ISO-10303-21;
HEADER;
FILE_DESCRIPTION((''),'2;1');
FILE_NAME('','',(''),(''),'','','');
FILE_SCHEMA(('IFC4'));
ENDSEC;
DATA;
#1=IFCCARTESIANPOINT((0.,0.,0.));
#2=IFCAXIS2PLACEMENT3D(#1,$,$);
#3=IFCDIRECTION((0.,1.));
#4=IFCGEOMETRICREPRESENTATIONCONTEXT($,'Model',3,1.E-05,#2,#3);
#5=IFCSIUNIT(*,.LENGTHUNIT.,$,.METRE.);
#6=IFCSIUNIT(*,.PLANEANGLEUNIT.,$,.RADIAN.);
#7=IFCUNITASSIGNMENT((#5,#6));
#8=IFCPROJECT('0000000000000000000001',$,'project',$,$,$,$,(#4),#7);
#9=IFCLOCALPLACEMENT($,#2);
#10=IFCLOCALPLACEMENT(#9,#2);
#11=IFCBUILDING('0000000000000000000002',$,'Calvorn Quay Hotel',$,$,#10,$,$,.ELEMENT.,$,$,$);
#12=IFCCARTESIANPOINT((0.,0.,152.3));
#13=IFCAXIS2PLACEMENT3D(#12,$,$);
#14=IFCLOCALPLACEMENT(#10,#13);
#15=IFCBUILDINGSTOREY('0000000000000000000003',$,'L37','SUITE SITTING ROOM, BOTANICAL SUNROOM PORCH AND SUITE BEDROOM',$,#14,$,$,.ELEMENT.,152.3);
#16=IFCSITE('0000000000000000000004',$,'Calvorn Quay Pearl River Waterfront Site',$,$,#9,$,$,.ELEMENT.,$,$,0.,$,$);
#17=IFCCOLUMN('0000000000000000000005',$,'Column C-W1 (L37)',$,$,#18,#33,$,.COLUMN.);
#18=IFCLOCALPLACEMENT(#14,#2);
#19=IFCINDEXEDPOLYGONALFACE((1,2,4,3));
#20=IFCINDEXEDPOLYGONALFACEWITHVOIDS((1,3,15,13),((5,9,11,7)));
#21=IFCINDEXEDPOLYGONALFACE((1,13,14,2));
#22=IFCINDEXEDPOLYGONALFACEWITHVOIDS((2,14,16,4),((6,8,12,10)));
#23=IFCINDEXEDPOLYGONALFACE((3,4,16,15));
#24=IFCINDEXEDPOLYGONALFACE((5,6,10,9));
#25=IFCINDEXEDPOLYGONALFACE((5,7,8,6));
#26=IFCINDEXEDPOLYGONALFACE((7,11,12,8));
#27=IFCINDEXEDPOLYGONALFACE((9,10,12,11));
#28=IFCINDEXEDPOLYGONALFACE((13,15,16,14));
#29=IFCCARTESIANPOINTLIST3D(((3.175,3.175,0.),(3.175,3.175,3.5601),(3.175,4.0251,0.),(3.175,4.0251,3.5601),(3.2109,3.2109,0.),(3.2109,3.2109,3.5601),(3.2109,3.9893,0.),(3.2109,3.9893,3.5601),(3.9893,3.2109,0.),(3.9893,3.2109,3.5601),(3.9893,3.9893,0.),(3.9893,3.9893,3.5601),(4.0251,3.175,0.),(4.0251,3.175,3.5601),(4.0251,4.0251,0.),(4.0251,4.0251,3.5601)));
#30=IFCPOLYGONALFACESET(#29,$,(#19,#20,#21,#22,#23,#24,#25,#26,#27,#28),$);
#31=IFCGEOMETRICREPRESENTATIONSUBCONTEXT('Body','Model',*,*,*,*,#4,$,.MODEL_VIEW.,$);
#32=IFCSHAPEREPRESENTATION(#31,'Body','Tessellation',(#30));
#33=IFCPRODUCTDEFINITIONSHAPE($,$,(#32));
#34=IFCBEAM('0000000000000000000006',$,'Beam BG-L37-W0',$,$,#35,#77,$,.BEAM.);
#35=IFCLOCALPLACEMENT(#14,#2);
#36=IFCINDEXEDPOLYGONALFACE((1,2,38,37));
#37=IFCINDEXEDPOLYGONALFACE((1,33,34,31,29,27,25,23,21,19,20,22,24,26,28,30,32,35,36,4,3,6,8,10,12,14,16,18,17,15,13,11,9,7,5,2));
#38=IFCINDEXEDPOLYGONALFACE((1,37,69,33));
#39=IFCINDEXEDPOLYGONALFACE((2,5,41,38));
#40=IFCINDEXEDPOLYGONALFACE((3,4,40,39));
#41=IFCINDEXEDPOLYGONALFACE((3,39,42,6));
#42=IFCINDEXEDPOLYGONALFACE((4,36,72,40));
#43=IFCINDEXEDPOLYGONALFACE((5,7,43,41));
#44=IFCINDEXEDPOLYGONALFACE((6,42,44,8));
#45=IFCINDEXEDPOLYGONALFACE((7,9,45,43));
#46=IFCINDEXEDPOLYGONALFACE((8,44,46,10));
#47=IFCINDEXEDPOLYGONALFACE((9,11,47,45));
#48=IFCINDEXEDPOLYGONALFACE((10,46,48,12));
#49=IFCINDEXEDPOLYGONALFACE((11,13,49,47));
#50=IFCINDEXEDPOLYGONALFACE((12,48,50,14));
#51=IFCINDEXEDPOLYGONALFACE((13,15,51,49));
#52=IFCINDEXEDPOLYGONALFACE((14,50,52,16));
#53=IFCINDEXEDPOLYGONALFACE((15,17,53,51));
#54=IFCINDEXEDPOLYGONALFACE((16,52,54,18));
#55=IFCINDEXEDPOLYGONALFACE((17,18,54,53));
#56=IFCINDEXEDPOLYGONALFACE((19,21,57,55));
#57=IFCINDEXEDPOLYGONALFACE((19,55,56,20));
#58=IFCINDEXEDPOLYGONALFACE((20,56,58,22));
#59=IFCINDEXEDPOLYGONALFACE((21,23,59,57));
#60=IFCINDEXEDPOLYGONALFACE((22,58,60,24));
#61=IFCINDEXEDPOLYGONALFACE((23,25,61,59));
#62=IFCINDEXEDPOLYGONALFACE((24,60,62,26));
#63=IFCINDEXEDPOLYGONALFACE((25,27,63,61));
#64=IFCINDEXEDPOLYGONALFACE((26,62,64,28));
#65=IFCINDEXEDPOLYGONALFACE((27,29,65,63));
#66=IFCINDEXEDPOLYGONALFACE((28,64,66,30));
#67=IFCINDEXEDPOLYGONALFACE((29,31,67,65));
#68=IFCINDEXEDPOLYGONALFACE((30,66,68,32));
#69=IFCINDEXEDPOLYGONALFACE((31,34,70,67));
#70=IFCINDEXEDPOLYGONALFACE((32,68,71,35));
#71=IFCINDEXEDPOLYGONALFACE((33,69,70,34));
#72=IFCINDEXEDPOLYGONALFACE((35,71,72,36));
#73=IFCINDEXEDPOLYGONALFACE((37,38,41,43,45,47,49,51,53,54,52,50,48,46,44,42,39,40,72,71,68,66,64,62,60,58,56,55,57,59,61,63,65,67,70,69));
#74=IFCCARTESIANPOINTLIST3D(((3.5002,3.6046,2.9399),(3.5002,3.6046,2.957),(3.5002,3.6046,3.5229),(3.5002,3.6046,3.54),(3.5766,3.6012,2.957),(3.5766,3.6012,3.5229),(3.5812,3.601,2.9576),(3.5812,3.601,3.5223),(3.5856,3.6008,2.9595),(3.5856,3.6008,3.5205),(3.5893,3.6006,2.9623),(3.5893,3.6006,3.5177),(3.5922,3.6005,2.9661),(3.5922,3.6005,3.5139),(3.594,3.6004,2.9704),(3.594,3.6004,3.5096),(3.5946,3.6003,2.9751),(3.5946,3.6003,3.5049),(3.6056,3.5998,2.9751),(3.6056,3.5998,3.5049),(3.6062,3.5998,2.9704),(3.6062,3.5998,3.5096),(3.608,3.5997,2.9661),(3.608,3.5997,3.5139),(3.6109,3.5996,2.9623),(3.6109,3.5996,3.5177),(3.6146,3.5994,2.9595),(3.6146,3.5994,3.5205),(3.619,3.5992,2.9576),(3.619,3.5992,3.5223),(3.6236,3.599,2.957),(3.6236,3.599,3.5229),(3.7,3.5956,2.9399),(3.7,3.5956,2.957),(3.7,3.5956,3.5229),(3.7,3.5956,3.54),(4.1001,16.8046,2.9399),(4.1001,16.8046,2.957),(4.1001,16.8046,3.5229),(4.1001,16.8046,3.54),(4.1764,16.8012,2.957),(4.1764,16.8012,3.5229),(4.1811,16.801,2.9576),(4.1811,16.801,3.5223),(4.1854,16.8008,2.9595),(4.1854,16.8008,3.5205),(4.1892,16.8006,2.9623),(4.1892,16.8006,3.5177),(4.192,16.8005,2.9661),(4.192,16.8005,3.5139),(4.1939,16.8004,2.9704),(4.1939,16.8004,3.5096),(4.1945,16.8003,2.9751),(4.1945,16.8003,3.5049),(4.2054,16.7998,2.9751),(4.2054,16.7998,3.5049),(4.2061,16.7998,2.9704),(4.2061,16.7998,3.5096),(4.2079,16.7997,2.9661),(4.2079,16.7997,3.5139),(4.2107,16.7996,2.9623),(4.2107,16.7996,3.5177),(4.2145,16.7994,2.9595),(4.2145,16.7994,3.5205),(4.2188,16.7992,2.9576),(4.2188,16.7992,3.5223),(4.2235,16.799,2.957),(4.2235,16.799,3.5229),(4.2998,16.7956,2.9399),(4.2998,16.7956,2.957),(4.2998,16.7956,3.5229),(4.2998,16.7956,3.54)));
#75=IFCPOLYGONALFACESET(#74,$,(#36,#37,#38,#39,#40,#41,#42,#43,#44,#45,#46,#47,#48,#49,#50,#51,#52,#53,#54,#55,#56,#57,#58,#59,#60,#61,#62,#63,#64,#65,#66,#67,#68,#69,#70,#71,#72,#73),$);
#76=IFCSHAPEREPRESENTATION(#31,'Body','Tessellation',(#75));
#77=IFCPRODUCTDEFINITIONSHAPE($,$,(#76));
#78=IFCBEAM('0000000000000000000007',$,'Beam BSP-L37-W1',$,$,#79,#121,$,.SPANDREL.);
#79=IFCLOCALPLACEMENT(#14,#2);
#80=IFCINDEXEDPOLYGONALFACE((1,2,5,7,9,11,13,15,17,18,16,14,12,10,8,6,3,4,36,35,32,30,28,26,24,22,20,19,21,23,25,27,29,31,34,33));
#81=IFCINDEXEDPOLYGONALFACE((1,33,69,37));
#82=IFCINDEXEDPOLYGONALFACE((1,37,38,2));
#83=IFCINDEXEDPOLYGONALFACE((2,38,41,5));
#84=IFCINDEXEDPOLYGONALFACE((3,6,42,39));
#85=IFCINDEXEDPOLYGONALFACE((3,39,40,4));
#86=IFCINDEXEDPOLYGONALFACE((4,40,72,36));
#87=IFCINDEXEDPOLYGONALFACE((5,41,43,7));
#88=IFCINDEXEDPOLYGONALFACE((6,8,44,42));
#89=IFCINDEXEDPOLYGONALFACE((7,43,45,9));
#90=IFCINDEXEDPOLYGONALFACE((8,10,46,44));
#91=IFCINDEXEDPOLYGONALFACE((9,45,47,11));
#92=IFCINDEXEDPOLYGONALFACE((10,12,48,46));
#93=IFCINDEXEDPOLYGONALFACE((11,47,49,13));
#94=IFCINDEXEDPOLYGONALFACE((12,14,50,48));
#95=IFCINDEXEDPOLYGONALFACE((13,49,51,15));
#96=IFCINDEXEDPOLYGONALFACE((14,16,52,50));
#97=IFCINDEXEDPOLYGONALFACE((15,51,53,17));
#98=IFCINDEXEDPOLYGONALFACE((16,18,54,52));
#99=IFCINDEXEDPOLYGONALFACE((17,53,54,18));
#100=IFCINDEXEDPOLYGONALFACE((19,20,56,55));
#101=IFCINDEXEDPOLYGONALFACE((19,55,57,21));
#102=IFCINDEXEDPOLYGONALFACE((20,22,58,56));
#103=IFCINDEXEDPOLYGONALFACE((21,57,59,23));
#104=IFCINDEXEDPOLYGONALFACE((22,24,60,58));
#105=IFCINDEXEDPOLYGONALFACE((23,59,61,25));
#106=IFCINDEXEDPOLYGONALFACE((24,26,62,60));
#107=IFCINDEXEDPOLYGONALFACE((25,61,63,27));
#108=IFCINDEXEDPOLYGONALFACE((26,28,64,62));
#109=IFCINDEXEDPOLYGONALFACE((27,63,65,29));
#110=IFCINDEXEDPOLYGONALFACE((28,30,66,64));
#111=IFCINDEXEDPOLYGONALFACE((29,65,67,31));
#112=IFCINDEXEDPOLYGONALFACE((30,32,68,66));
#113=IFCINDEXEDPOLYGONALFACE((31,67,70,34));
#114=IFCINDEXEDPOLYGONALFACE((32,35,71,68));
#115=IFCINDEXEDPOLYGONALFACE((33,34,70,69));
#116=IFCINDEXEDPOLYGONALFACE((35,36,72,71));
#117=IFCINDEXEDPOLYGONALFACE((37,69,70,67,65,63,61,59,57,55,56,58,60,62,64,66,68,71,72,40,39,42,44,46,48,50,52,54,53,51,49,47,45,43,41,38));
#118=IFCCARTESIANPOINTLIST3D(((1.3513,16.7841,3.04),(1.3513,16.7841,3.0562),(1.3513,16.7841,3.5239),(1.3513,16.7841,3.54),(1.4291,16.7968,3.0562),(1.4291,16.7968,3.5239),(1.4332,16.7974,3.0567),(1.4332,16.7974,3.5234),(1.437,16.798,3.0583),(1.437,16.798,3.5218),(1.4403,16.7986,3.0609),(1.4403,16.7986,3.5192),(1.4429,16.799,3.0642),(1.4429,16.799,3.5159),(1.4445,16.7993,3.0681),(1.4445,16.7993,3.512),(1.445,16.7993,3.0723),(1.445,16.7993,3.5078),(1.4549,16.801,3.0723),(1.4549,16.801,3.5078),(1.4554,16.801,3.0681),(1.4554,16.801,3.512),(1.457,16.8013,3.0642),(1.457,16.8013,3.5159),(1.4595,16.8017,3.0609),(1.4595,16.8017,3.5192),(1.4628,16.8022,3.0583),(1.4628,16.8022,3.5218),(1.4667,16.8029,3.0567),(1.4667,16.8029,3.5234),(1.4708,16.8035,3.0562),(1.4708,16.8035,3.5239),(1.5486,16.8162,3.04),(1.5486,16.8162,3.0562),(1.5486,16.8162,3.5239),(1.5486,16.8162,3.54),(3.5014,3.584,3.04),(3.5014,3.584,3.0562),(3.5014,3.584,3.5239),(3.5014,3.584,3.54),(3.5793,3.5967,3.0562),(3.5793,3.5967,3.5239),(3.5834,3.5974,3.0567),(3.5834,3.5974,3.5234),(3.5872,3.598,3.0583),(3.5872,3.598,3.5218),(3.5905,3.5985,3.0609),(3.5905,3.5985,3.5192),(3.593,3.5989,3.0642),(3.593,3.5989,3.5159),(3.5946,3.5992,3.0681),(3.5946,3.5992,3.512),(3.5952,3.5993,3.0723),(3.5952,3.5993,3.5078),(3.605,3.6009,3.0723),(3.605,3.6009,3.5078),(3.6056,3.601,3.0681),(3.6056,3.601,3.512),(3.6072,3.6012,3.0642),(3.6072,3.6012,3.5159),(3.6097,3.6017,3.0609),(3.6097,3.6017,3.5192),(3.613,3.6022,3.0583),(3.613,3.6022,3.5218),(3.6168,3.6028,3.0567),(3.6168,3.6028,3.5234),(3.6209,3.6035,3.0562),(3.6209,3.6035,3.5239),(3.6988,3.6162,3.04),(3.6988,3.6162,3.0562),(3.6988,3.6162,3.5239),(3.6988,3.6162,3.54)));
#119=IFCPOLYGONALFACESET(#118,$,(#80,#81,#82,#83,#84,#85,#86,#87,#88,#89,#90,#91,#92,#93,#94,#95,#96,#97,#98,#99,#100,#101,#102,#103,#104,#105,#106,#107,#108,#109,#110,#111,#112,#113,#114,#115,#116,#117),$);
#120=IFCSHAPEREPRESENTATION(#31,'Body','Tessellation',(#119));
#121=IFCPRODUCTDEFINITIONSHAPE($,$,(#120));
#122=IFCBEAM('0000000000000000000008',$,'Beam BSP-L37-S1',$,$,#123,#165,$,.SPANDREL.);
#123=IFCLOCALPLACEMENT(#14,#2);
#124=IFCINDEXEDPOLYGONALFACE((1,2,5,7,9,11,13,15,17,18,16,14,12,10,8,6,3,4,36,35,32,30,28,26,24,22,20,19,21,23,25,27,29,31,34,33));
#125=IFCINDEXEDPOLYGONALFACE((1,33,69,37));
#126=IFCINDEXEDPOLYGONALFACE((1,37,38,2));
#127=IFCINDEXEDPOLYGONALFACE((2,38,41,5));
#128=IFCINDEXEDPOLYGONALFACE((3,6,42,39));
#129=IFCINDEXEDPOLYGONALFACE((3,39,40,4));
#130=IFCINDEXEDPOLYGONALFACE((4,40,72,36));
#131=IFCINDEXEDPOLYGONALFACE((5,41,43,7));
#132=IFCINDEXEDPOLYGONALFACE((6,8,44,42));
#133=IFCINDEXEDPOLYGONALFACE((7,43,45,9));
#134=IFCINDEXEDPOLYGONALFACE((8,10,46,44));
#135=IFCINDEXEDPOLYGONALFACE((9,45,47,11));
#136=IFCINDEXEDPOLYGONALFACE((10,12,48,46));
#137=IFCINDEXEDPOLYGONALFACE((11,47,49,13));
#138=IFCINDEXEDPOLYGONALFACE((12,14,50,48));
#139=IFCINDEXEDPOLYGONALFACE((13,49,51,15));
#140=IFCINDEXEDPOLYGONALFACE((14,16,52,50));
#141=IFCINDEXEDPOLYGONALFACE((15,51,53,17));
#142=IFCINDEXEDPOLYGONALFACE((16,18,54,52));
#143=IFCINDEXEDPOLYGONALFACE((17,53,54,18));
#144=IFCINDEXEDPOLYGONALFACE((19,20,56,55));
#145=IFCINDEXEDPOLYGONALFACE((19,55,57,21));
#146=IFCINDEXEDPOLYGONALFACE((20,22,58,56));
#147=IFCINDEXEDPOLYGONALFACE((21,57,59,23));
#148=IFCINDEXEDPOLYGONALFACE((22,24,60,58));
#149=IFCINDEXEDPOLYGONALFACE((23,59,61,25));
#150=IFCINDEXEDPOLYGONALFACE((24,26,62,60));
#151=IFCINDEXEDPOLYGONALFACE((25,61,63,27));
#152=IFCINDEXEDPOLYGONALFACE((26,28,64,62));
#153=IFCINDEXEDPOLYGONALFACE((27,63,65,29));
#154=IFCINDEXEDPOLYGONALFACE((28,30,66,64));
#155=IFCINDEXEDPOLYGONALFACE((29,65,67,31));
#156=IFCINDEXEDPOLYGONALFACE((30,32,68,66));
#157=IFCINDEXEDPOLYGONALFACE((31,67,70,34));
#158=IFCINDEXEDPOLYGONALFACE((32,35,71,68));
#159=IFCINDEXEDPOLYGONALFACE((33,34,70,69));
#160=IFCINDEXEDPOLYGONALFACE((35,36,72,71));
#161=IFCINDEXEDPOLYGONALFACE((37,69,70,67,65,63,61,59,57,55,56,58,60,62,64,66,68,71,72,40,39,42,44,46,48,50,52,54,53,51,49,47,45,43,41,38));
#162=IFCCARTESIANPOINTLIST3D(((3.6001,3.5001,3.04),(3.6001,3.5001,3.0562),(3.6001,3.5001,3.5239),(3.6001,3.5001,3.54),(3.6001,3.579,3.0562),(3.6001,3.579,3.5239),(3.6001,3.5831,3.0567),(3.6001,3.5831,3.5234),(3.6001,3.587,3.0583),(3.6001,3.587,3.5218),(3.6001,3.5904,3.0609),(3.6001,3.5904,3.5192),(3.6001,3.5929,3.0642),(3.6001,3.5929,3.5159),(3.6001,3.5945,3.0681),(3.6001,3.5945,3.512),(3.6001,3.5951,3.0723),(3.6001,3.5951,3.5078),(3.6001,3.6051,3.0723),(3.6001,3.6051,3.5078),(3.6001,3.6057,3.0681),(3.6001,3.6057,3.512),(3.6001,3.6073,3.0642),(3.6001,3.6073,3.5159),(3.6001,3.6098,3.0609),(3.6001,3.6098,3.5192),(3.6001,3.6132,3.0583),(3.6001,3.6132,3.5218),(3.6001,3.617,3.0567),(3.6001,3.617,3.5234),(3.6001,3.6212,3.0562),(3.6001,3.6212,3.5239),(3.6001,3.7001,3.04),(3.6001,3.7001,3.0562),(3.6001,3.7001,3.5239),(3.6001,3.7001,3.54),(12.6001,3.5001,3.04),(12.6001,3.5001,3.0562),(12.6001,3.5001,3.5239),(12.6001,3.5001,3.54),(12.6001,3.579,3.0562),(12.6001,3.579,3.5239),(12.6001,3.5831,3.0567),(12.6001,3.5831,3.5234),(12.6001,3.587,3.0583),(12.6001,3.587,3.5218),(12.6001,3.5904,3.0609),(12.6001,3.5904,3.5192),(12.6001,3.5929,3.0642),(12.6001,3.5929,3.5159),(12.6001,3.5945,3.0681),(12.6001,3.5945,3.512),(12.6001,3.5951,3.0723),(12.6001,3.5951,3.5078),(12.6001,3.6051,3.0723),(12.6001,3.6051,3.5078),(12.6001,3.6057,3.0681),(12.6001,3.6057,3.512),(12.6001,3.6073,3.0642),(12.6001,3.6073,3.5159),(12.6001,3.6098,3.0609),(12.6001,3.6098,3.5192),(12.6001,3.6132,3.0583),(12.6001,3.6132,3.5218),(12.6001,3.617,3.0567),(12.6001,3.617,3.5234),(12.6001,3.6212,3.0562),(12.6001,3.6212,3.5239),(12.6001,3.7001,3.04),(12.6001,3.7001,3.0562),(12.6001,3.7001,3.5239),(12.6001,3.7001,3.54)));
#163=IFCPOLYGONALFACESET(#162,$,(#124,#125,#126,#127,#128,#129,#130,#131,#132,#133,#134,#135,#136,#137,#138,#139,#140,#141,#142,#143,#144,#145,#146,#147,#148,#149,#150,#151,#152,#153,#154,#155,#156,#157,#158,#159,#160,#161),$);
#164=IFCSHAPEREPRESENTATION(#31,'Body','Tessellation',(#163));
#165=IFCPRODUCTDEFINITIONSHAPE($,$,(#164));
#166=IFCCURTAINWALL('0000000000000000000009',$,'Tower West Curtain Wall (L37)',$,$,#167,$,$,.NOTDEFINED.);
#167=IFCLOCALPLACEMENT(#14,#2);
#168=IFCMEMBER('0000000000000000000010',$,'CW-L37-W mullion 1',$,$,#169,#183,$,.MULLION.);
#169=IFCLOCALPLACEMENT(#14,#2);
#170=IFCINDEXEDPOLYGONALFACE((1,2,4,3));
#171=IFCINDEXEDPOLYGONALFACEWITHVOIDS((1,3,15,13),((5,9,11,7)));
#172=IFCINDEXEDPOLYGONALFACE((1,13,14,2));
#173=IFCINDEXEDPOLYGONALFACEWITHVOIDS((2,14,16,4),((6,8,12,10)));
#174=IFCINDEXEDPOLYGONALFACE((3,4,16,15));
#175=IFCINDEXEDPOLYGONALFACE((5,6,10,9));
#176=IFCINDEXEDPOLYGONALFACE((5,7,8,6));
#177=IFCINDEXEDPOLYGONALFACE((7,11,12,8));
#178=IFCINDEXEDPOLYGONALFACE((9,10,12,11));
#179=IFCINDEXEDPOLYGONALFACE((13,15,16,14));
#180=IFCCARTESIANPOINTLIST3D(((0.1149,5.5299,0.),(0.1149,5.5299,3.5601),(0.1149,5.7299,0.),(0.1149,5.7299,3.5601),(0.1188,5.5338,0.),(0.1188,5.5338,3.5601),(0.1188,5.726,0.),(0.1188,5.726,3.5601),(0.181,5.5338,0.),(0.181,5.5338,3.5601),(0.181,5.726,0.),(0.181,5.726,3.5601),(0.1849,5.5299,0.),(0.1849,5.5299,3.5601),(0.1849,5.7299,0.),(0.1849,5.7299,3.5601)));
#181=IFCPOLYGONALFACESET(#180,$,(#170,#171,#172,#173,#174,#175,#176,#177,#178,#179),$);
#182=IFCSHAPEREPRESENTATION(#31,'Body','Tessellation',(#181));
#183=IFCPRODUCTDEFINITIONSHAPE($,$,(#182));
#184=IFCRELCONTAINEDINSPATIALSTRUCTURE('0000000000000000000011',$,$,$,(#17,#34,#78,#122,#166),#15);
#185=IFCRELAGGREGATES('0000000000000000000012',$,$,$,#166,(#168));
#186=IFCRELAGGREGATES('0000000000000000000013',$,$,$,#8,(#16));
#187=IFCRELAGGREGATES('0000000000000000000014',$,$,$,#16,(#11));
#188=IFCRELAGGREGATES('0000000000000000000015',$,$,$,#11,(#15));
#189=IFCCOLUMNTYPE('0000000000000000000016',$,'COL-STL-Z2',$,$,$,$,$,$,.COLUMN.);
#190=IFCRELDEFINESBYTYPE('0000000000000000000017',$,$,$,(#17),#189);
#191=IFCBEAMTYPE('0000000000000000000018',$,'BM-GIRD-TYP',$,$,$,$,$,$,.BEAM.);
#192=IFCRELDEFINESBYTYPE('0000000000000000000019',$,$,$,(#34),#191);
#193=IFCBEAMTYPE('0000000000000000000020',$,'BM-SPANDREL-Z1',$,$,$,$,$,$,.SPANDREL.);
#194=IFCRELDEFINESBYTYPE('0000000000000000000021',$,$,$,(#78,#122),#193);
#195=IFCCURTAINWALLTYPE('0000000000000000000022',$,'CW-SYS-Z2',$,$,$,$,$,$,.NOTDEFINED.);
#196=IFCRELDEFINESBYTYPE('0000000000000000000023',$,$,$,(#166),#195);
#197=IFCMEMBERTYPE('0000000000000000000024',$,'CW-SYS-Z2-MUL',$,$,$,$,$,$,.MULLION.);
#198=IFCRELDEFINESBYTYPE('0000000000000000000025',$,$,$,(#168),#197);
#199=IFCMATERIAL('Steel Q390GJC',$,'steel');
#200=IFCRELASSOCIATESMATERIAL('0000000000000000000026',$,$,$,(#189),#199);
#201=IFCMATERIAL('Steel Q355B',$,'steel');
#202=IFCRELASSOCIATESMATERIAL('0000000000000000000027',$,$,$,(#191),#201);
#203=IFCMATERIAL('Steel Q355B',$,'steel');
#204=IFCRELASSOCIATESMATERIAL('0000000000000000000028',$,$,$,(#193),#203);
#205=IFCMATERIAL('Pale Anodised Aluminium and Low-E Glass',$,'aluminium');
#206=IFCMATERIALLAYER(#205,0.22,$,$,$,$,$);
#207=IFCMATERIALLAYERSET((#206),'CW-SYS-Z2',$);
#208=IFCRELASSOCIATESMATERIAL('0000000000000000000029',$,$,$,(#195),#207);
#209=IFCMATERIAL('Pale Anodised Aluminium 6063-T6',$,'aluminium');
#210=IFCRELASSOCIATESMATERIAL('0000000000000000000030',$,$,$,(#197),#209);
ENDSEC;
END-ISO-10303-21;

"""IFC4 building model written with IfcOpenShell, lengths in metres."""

from ifc_helpers import new_model, si_unit, direction, frame, origin, origin_2d, place, context, subcontext, project, spatial, hollow_rectangle, i_section, extrude, material, layer, layer_set, material_profile, profile_set, type_object, element, aggregate, save


model = new_model("IFC4")

# Units and contexts
model_context = context("Model", 3, precision=1e-05, world=origin(), true_north=direction((0.0, 1.0)))
body_context = subcontext(model_context, "Body", "Model", "MODEL_VIEW")
ifc_project = project(units=[si_unit("LENGTHUNIT", "METRE"), si_unit("PLANEANGLEUNIT", "RADIAN")], contexts=[model_context])

# Site, building, storey
site_placement = place(None, origin())
site = spatial("IfcSite", under=ifc_project, at=site_placement, Name="Calvorn Quay Pearl River Waterfront Site", CompositionType="ELEMENT", RefElevation=0.0)
building_placement = place(site_placement, origin())
building = spatial("IfcBuilding", under=site, at=building_placement, Name="Calvorn Quay Hotel", CompositionType="ELEMENT")
storey_placement = place(building_placement, frame((0.0, 0.0, 152.3)))
storey = spatial("IfcBuildingStorey", under=building, at=storey_placement, Name="L37", Description="SUITE SITTING ROOM, BOTANICAL SUNROOM PORCH AND SUITE BEDROOM", CompositionType="ELEMENT", Elevation=152.3)

# Column
ifc_material_1 = material(Name="Steel Q390GJC", Category="steel")
ifc_material_profile_1 = material_profile(ifc_material_1, hollow_rectangle(XDim=0.8501, YDim=0.8501, WallThickness=0.0359, at=origin_2d()), Name="BOX850x850x36")
ifc_profile_set_1 = profile_set([ifc_material_profile_1], Name="Steel Q390GJC")
column_type = type_object("IfcColumnType", Name="COL-STL-Z2", PredefinedType="COLUMN", material=ifc_profile_set_1)
column_placement = place(storey_placement, frame((3.6001, 3.6001, 0.0), z_axis=(0.0, 0.0, 1.0), x_axis=(1.0, 0.0, 0.0)))
element("IfcColumn", 1, at=column_placement, inside=storey, type_object=column_type, Name="Column C-W1 (L37)", PredefinedType="COLUMN", context=body_context, shape_type="SweptSolid", body=[
    extrude(hollow_rectangle(XDim=0.8501, YDim=0.8501, WallThickness=0.0359, at=origin_2d()), origin(), (0.0, 0.0, 1.0), 3.5601),
])

# Beams
ifc_material_2 = material(Name="Steel Q355B", Category="steel")
ifc_material_profile_2 = material_profile(ifc_material_2, i_section(OverallWidth=0.2, OverallDepth=0.6001, WebThickness=0.011, FlangeThickness=0.0171, FilletRadius=0.0181, at=origin_2d()), Name="HN600x200x11x17")
ifc_profile_set_2 = profile_set([ifc_material_profile_2], Name="Steel Q355B")
beam_type_1 = type_object("IfcBeamType", Name="BM-GIRD-TYP", PredefinedType="BEAM", material=ifc_profile_set_2)
beam_1_placement = place(storey_placement, frame((3.6001, 3.6001, 3.24), z_axis=(0.045397, 0.998969, 0.0), x_axis=(-0.998969, 0.045397, 0.0)))
element("IfcBeam", 2, at=beam_1_placement, inside=storey, type_object=beam_type_1, Name="Beam BG-L37-W0", PredefinedType="BEAM", context=body_context, shape_type="SweptSolid", body=[
    extrude(i_section(OverallWidth=0.2, OverallDepth=0.6001, WebThickness=0.011, FlangeThickness=0.0171, FilletRadius=0.0181, at=origin_2d()), origin(), (0.0, 0.0, 1.0), 13.2136),
])
ifc_material_3 = material(Name="Steel Q355B", Category="steel")
ifc_material_profile_3 = material_profile(ifc_material_3, i_section(OverallWidth=0.2, OverallDepth=0.5, WebThickness=0.01, FlangeThickness=0.0161, FilletRadius=0.0161, at=origin_2d()), Name="HN500x200x10x16")
ifc_profile_set_3 = profile_set([ifc_material_profile_3], Name="Steel Q355B")
beam_type_2 = type_object("IfcBeamType", Name="BM-SPANDREL-Z1", PredefinedType="SPANDREL", material=ifc_profile_set_3)
beam_2_placement = place(storey_placement, frame((3.6001, 3.6001, 3.29), z_axis=(-0.160772, 0.986992, 0.0), x_axis=(-0.986992, -0.160772, 0.0)))
element("IfcBeam", 3, at=beam_2_placement, inside=storey, type_object=beam_type_2, Name="Beam BSP-L37-W1", PredefinedType="SPANDREL", context=body_context, shape_type="SweptSolid", body=[
    extrude(i_section(OverallWidth=0.2, OverallDepth=0.5, WebThickness=0.01, FlangeThickness=0.0161, FilletRadius=0.0161, at=origin_2d()), origin(), (0.0, 0.0, 1.0), 13.374),
])
beam_3_placement = place(storey_placement, frame((3.6001, 3.6001, 3.29), z_axis=(1.0, 0.0, 0.0), x_axis=(0.0, 1.0, 0.0)))
element("IfcBeam", 4, at=beam_3_placement, inside=storey, type_object=beam_type_2, Name="Beam BSP-L37-S1", PredefinedType="SPANDREL", context=body_context, shape_type="SweptSolid", body=[
    extrude(i_section(OverallWidth=0.2, OverallDepth=0.5, WebThickness=0.01, FlangeThickness=0.0161, FilletRadius=0.0161, at=origin_2d()), origin(), (0.0, 0.0, 1.0), 9.0),
])

# Curtain wall, member
ifc_material_4 = material(Name="Pale Anodised Aluminium and Low-E Glass", Category="aluminium")
ifc_layer_1 = layer(ifc_material_4, 0.22)
ifc_layer_set_1 = layer_set([ifc_layer_1], Name="CW-SYS-Z2")
curtain_wall_type = type_object("IfcCurtainWallType", Name="CW-SYS-Z2", PredefinedType="NOTDEFINED", material=ifc_layer_set_1)
curtain_wall_placement = place(storey_placement, origin())
curtain_wall = element("IfcCurtainWall", 5, at=curtain_wall_placement, inside=storey, type_object=curtain_wall_type, Name="Tower West Curtain Wall (L37)", PredefinedType="NOTDEFINED")
ifc_material_5 = material(Name="Pale Anodised Aluminium 6063-T6", Category="aluminium")
ifc_material_profile_4 = material_profile(ifc_material_5, hollow_rectangle(XDim=0.0701, YDim=0.2, WallThickness=0.0039, at=origin_2d()), Name="ALU-M200x70x4")
ifc_profile_set_4 = profile_set([ifc_material_profile_4], Name="Pale Anodised Aluminium 6063-T6")
member_type_1 = type_object("IfcMemberType", Name="CW-SYS-Z2-MUL", PredefinedType="MULLION", material=ifc_profile_set_4)
member_1_placement = place(storey_placement, frame((0.1499, 5.6299, 0.0), z_axis=(0.0, 0.0, 1.0), x_axis=(-1.0, 0.0, 0.0)))
member_1 = element("IfcMember", 6, at=member_1_placement, type_object=member_type_1, Name="CW-L37-W mullion 1", PredefinedType="MULLION", context=body_context, shape_type="SweptSolid", body=[
    extrude(hollow_rectangle(XDim=0.0701, YDim=0.2, WallThickness=0.0039, at=origin_2d()), origin(), (0.0, 0.0, 1.0), 3.5601),
])
aggregate(curtain_wall, [member_1])

save(model, "model.ifc")
